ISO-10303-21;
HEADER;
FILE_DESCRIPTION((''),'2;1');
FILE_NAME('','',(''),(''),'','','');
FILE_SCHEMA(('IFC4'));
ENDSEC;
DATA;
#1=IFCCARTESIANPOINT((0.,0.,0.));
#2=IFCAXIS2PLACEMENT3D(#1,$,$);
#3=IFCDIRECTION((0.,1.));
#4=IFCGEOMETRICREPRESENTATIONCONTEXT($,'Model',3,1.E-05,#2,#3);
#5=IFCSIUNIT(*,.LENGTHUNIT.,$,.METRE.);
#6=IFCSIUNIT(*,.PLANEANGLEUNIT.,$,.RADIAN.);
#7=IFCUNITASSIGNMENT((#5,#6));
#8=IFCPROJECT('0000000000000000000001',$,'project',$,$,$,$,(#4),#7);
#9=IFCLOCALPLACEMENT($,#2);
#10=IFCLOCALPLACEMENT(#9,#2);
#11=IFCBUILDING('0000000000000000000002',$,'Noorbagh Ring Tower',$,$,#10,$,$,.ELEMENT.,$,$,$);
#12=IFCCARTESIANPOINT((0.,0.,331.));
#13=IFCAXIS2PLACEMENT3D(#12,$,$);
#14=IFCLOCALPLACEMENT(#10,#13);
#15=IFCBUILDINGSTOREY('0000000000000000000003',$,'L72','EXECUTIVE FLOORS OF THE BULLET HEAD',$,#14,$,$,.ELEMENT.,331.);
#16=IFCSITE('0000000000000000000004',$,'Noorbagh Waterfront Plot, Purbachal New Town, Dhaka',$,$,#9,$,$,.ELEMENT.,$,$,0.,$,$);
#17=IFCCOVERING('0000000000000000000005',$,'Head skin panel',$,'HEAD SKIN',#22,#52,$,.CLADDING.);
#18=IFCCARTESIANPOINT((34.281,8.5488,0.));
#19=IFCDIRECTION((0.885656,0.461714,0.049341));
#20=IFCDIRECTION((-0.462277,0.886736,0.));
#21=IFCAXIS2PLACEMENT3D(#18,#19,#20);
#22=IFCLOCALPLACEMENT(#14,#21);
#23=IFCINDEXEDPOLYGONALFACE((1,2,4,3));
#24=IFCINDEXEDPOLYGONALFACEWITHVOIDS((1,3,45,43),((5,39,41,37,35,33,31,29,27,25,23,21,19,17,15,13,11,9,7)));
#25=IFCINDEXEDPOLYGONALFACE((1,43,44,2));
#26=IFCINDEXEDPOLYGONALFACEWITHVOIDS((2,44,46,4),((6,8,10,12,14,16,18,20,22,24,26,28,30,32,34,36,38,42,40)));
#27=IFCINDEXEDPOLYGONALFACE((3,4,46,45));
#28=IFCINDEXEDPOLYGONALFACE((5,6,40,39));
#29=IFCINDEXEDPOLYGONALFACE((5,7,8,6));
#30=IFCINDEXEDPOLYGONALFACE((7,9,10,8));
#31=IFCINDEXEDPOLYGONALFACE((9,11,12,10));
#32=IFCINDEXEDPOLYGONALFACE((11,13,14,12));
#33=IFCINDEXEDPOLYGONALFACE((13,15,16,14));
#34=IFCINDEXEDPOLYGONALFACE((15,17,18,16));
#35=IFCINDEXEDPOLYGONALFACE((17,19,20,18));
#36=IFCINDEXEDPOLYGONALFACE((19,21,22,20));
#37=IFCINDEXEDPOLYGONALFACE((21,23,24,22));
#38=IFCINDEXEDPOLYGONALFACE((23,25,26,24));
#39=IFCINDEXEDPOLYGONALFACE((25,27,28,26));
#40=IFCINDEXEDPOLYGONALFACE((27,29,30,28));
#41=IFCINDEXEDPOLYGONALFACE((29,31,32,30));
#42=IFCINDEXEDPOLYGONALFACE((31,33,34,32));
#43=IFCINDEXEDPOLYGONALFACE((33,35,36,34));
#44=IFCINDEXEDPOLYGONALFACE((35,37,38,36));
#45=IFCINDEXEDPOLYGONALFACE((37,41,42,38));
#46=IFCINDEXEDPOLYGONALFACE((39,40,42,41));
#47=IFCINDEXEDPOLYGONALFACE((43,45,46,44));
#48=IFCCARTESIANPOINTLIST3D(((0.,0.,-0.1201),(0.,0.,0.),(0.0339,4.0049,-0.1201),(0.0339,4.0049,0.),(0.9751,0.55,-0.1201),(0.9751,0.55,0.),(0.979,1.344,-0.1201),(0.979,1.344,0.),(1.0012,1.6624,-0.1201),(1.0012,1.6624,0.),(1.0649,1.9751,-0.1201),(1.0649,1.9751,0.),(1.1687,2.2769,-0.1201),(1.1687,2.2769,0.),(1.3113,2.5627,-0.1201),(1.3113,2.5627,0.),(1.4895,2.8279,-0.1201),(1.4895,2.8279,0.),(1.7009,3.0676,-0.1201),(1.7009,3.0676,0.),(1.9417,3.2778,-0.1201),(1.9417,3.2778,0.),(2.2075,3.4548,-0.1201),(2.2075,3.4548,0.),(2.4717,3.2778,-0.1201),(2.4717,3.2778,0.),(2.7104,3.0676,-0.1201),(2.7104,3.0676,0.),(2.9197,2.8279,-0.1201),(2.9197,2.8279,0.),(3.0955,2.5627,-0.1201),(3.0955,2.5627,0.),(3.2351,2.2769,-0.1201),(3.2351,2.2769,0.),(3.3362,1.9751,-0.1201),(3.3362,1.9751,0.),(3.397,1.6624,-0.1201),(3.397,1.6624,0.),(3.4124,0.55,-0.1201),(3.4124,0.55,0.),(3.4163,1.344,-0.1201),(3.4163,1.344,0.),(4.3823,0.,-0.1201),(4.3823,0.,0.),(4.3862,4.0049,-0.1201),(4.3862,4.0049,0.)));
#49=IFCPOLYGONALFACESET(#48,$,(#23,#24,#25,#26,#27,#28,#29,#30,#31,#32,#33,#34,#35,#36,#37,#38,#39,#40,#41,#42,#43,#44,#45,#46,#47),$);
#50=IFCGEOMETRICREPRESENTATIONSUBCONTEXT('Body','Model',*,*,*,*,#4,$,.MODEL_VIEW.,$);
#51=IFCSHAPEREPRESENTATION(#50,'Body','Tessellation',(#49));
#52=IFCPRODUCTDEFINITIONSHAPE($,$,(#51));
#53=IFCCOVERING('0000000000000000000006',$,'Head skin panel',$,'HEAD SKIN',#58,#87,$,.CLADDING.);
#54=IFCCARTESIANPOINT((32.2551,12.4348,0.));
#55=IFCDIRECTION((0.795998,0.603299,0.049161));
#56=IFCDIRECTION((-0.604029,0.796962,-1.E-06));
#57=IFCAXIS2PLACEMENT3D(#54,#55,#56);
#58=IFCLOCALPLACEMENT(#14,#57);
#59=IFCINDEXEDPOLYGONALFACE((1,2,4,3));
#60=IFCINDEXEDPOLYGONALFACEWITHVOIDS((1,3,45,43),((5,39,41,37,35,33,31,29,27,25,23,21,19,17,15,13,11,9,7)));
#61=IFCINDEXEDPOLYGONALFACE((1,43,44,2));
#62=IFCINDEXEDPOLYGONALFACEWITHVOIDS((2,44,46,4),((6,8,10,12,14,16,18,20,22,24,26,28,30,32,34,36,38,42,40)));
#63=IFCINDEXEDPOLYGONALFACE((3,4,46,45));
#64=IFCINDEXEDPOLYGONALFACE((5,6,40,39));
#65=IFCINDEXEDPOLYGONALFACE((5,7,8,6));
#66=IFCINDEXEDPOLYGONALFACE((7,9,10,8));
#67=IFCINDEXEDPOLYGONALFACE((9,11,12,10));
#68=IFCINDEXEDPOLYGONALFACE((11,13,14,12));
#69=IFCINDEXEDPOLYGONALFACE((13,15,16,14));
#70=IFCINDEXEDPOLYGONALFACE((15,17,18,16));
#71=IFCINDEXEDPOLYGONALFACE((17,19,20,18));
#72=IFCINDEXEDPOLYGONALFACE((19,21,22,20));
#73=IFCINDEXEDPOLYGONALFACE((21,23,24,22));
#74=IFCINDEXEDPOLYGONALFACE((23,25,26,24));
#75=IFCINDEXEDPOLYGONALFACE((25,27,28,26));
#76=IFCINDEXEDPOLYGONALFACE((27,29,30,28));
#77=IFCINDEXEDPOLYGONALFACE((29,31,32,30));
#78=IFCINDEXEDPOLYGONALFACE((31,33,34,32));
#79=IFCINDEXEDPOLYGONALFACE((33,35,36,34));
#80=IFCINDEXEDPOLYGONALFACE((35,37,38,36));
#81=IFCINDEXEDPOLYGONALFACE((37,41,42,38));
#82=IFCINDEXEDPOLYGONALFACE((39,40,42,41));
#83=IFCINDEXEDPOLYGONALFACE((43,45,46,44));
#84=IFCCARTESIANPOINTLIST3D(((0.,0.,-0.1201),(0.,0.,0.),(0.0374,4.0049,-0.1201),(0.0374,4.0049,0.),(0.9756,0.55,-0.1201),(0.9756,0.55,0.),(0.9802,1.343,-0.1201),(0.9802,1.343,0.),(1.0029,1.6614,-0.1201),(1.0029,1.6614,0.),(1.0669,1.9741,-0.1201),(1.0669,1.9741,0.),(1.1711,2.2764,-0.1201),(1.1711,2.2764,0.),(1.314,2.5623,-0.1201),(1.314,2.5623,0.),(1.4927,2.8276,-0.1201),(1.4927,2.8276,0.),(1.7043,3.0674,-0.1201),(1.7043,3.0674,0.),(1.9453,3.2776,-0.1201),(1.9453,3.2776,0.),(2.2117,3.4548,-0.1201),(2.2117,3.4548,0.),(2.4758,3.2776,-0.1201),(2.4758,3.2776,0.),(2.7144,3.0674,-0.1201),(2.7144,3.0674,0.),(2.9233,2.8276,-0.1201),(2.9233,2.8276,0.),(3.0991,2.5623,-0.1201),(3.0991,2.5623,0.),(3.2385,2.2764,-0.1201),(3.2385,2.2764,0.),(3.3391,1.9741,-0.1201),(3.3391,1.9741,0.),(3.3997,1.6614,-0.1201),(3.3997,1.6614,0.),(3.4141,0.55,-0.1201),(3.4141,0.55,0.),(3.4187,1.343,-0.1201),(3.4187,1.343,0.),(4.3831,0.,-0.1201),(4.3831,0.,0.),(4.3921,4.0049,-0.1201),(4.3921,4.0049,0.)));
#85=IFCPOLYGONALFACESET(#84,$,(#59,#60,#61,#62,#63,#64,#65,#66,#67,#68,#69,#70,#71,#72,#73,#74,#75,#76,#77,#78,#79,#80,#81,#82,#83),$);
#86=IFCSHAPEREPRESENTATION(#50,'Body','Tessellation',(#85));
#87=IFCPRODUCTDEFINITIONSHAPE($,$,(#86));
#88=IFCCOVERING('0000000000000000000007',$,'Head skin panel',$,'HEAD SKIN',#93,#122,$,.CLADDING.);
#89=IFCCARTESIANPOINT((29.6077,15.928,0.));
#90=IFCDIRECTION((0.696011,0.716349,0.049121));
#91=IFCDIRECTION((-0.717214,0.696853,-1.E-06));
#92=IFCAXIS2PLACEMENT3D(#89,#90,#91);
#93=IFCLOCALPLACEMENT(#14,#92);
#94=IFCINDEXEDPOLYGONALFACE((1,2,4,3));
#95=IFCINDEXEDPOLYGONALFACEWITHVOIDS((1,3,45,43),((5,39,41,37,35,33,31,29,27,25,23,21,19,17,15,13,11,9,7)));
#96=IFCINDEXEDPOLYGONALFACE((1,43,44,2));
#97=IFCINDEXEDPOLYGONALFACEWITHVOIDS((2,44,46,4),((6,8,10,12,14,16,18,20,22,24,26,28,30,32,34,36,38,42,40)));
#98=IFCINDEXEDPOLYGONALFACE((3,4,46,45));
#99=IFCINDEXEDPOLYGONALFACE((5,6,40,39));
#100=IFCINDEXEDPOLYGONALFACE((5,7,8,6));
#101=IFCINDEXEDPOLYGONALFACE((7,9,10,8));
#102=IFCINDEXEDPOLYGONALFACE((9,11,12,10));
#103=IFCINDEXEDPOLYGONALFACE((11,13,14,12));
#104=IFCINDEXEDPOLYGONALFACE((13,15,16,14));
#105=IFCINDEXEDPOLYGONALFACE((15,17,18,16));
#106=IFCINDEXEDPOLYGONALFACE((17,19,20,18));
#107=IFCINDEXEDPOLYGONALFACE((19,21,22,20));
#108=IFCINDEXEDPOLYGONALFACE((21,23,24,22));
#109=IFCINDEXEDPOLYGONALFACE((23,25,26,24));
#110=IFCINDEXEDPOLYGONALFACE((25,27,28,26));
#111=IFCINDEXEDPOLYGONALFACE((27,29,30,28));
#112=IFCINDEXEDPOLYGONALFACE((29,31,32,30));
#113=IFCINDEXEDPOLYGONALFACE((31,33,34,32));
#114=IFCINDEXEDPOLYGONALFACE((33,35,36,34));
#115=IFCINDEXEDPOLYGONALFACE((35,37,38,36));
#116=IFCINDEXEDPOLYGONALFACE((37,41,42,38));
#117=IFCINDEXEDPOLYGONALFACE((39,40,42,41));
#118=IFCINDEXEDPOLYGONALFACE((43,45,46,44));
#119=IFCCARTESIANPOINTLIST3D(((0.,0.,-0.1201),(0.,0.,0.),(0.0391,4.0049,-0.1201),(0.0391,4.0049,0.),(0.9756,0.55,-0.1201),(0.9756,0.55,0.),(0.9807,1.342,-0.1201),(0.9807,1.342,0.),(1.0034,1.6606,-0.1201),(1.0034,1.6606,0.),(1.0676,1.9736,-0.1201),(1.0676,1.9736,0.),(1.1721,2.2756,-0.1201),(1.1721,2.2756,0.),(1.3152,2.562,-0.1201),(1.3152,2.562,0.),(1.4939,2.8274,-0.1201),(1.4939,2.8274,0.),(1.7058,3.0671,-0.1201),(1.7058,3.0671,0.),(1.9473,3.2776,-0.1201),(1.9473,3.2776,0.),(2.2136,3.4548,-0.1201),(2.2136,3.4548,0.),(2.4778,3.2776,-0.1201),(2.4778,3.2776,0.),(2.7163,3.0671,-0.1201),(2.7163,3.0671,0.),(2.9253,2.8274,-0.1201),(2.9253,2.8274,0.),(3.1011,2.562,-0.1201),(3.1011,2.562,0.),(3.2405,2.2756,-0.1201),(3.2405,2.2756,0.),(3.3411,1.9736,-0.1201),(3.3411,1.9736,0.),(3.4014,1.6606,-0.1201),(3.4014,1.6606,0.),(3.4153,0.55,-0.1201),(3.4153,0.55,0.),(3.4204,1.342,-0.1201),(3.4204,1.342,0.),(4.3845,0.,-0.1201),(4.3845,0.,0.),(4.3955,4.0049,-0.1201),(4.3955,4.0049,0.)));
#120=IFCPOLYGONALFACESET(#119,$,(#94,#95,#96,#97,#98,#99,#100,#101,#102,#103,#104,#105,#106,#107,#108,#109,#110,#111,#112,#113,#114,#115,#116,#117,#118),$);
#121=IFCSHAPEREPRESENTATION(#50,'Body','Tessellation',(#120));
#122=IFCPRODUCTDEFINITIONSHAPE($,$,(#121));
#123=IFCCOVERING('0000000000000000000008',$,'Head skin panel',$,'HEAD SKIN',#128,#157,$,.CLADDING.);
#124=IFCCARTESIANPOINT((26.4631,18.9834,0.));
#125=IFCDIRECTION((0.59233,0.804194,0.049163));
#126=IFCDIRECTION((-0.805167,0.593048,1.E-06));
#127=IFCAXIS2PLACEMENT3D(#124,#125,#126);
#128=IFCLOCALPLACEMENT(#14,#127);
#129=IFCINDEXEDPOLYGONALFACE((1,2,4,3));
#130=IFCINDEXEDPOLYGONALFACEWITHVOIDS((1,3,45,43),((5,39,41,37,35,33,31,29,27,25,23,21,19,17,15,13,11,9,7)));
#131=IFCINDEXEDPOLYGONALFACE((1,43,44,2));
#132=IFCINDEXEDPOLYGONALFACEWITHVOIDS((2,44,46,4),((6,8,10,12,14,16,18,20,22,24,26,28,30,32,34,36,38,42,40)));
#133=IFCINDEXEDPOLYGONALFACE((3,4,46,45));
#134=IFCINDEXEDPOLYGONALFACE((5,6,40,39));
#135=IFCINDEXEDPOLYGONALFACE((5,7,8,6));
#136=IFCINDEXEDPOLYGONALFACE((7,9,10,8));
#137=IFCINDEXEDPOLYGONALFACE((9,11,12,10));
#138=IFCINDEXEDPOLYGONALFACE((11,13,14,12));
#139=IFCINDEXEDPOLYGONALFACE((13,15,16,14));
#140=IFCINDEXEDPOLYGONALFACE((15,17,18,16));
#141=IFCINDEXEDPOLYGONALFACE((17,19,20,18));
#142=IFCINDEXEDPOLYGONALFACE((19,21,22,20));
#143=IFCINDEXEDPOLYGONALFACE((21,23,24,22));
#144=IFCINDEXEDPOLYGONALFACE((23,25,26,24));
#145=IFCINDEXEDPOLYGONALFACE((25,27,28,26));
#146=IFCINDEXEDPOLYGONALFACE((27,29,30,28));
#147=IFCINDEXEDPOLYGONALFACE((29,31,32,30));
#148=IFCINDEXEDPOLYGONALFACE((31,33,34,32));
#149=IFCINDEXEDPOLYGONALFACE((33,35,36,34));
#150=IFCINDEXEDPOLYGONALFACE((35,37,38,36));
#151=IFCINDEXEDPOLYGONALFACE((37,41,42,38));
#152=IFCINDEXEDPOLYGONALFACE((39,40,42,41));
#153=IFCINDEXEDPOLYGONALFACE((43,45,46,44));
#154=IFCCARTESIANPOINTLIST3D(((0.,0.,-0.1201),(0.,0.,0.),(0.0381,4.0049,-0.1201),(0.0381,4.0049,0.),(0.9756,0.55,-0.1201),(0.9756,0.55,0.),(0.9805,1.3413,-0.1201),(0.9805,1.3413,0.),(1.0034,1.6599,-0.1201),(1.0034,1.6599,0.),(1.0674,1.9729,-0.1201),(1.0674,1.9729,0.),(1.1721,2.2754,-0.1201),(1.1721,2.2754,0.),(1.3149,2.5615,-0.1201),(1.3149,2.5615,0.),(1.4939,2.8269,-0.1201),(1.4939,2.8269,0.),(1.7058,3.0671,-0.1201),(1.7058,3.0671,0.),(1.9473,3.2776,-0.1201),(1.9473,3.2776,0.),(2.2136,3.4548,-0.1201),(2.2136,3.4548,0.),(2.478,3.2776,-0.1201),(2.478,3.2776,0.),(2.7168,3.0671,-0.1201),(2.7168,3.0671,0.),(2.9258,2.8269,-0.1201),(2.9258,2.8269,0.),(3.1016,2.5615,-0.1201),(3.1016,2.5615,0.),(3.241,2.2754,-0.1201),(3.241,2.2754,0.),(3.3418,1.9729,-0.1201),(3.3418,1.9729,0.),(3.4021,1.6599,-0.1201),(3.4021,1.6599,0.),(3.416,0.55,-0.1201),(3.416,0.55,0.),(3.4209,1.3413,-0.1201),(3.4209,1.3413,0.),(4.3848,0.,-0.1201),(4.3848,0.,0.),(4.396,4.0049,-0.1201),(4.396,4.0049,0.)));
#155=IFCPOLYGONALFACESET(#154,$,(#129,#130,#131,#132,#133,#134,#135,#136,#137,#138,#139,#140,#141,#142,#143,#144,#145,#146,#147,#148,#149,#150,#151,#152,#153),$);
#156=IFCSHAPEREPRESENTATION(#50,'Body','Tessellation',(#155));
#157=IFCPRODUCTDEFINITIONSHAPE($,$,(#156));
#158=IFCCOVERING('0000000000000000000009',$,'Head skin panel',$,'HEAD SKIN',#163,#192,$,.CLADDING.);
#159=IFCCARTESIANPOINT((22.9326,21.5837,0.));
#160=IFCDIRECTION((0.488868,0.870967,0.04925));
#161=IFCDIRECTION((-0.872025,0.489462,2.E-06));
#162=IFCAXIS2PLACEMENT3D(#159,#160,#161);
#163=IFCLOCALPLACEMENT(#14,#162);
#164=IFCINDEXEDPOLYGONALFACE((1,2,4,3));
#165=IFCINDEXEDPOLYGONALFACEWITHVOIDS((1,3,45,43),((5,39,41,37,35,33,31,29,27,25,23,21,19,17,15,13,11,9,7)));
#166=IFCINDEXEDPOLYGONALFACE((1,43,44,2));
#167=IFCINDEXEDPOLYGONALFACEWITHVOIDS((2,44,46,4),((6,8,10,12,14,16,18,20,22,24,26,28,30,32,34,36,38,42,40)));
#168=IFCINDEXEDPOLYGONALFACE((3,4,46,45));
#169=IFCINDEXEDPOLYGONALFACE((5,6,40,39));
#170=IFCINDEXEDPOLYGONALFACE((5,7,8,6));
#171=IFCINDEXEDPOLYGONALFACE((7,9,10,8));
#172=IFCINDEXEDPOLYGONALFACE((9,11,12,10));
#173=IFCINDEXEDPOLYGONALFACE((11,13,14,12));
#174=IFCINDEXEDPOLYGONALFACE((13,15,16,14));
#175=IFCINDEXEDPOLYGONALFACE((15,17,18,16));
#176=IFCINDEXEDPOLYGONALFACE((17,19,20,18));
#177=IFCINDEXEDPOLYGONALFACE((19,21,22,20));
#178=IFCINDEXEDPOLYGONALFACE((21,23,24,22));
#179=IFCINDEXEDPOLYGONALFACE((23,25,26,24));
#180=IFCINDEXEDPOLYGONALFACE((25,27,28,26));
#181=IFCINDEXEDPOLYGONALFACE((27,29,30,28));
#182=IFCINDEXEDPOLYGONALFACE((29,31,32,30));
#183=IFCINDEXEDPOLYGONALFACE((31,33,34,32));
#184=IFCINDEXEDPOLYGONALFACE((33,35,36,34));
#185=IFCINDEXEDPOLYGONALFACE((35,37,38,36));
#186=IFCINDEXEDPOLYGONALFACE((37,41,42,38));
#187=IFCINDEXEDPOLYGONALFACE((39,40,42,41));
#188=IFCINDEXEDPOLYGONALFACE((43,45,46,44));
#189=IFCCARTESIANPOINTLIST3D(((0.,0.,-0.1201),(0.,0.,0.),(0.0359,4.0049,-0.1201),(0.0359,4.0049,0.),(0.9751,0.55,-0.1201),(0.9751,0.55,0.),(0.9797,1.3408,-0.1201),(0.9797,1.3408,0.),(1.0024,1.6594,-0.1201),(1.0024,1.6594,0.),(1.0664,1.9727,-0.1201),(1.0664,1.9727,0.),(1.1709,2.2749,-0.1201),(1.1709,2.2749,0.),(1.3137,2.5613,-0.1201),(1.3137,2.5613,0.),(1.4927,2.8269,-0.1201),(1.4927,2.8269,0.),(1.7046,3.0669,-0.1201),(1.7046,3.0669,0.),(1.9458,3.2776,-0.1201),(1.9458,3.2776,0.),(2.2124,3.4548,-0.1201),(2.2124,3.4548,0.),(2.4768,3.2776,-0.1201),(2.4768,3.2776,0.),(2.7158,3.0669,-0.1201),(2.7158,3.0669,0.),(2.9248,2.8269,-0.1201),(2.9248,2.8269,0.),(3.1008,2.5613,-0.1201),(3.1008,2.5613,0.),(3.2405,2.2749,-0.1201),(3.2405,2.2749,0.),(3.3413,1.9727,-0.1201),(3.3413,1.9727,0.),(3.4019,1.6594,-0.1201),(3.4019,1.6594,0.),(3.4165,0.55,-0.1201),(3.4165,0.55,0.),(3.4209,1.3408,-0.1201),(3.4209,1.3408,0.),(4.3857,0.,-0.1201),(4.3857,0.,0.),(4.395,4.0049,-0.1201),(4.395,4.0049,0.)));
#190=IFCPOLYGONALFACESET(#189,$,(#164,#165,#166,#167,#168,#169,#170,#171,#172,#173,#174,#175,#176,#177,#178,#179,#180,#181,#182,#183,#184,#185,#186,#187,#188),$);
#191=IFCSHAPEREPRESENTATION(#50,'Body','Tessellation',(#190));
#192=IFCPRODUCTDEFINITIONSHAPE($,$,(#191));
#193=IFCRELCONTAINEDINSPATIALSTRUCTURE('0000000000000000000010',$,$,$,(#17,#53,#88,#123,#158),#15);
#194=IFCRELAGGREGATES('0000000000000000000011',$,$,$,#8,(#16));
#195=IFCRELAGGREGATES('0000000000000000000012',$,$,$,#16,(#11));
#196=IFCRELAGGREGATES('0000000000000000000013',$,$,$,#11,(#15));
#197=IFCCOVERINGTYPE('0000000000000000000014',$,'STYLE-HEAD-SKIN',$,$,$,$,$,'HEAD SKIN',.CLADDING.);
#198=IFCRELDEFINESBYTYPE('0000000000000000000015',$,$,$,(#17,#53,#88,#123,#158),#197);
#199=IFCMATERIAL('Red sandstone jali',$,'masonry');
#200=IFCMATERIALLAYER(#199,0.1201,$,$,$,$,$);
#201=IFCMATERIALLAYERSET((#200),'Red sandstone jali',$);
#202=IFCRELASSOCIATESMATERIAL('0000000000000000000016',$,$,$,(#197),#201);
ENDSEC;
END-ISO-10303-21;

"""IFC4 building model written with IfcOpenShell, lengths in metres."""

from ifc_helpers import new_model, si_unit, direction, frame, origin, place, context, subcontext, project, spatial, polyline, outline, extrude, material, layer, layer_set, type_object, element, save


model = new_model("IFC4")

# Units and contexts
model_context = context("Model", 3, precision=1e-05, world=origin(), true_north=direction((0.0, 1.0)))
body_context = subcontext(model_context, "Body", "Model", "MODEL_VIEW")
ifc_project = project(units=[si_unit("LENGTHUNIT", "METRE"), si_unit("PLANEANGLEUNIT", "RADIAN")], contexts=[model_context])

# Site, building, storey
site_placement = place(None, origin())
site = spatial("IfcSite", under=ifc_project, at=site_placement, Name="Noorbagh Waterfront Plot, Purbachal New Town, Dhaka", CompositionType="ELEMENT", RefElevation=0.0)
building_placement = place(site_placement, origin())
building = spatial("IfcBuilding", under=site, at=building_placement, Name="Noorbagh Ring Tower", CompositionType="ELEMENT")
storey_placement = place(building_placement, frame((0.0, 0.0, 331.0)))
storey = spatial("IfcBuildingStorey", under=building, at=storey_placement, Name="L72", Description="EXECUTIVE FLOORS OF THE BULLET HEAD", CompositionType="ELEMENT", Elevation=331.0)

# Coverings
ifc_material_1 = material(Name="Red sandstone jali", Category="masonry")
ifc_layer_1 = layer(ifc_material_1, 0.1201)
ifc_layer_set_1 = layer_set([ifc_layer_1], Name="Red sandstone jali")
covering_type_1 = type_object("IfcCoveringType", Name="STYLE-HEAD-SKIN", ElementType="HEAD SKIN", PredefinedType="CLADDING", material=ifc_layer_set_1)
covering_1_placement = place(storey_placement, frame((34.281, 8.5488, 0.0), z_axis=(0.885656, 0.461714, 0.049341), x_axis=(-0.462277, 0.886736, 0.0)))
element("IfcCovering", 1, at=covering_1_placement, inside=storey, type_object=covering_type_1, Name="Head skin panel", ObjectType="HEAD SKIN", PredefinedType="CLADDING", context=body_context, shape_type="SweptSolid", body=[
    extrude(outline(polyline([(0.0, 0.0), (4.3823, 0.0), (4.3862, 4.0049), (0.0339, 4.0049), (0.0, 0.0)]), holes=[polyline([(0.9751, 0.55), (0.979, 1.344), (1.0012, 1.6624), (1.0649, 1.9751), (1.1687, 2.2769), (1.3113, 2.5627), (1.4895, 2.8279), (1.7009, 3.0676), (1.9417, 3.2778), (2.2075, 3.4548), (2.4717, 3.2778), (2.7104, 3.0676), (2.9197, 2.8279), (3.0955, 2.5627), (3.2351, 2.2769), (3.3362, 1.9751), (3.397, 1.6624), (3.4163, 1.344), (3.4124, 0.55), (0.9751, 0.55)])]), origin(), (0.0, 0.0, -1.0), 0.1201),
])
covering_2_placement = place(storey_placement, frame((32.2551, 12.4348, 0.0), z_axis=(0.795998, 0.603299, 0.049161), x_axis=(-0.604029, 0.796962, -0.000001)))
element("IfcCovering", 2, at=covering_2_placement, inside=storey, type_object=covering_type_1, Name="Head skin panel", ObjectType="HEAD SKIN", PredefinedType="CLADDING", context=body_context, shape_type="SweptSolid", body=[
    extrude(outline(polyline([(0.0, 0.0), (4.3831, 0.0), (4.3921, 4.0049), (0.0374, 4.0049), (0.0, 0.0)]), holes=[polyline([(0.9756, 0.55), (0.9802, 1.343), (1.0029, 1.6614), (1.0669, 1.9741), (1.1711, 2.2764), (1.314, 2.5623), (1.4927, 2.8276), (1.7043, 3.0674), (1.9453, 3.2776), (2.2117, 3.4548), (2.4758, 3.2776), (2.7144, 3.0674), (2.9233, 2.8276), (3.0991, 2.5623), (3.2385, 2.2764), (3.3391, 1.9741), (3.3997, 1.6614), (3.4187, 1.343), (3.4141, 0.55), (0.9756, 0.55)])]), origin(), (0.0, 0.0, -1.0), 0.1201),
])
covering_3_placement = place(storey_placement, frame((29.6077, 15.928, 0.0), z_axis=(0.696011, 0.716349, 0.049121), x_axis=(-0.717214, 0.696853, -0.000001)))
element("IfcCovering", 3, at=covering_3_placement, inside=storey, type_object=covering_type_1, Name="Head skin panel", ObjectType="HEAD SKIN", PredefinedType="CLADDING", context=body_context, shape_type="SweptSolid", body=[
    extrude(outline(polyline([(0.0, 0.0), (4.3845, 0.0), (4.3955, 4.0049), (0.0391, 4.0049), (0.0, 0.0)]), holes=[polyline([(0.9756, 0.55), (0.9807, 1.342), (1.0034, 1.6606), (1.0676, 1.9736), (1.1721, 2.2756), (1.3152, 2.562), (1.4939, 2.8274), (1.7058, 3.0671), (1.9473, 3.2776), (2.2136, 3.4548), (2.4778, 3.2776), (2.7163, 3.0671), (2.9253, 2.8274), (3.1011, 2.562), (3.2405, 2.2756), (3.3411, 1.9736), (3.4014, 1.6606), (3.4204, 1.342), (3.4153, 0.55), (0.9756, 0.55)])]), origin(), (0.0, 0.0, -1.0), 0.1201),
])
covering_4_placement = place(storey_placement, frame((26.4631, 18.9834, 0.0), z_axis=(0.59233, 0.804194, 0.049163), x_axis=(-0.805167, 0.593048, 0.000001)))
element("IfcCovering", 4, at=covering_4_placement, inside=storey, type_object=covering_type_1, Name="Head skin panel", ObjectType="HEAD SKIN", PredefinedType="CLADDING", context=body_context, shape_type="SweptSolid", body=[
    extrude(outline(polyline([(0.0, 0.0), (4.3848, 0.0), (4.396, 4.0049), (0.0381, 4.0049), (0.0, 0.0)]), holes=[polyline([(0.9756, 0.55), (0.9805, 1.3413), (1.0034, 1.6599), (1.0674, 1.9729), (1.1721, 2.2754), (1.3149, 2.5615), (1.4939, 2.8269), (1.7058, 3.0671), (1.9473, 3.2776), (2.2136, 3.4548), (2.478, 3.2776), (2.7168, 3.0671), (2.9258, 2.8269), (3.1016, 2.5615), (3.241, 2.2754), (3.3418, 1.9729), (3.4021, 1.6599), (3.4209, 1.3413), (3.416, 0.55), (0.9756, 0.55)])]), origin(), (0.0, 0.0, -1.0), 0.1201),
])
covering_5_placement = place(storey_placement, frame((22.9326, 21.5837, 0.0), z_axis=(0.488868, 0.870967, 0.04925), x_axis=(-0.872025, 0.489462, 0.000002)))
element("IfcCovering", 5, at=covering_5_placement, inside=storey, type_object=covering_type_1, Name="Head skin panel", ObjectType="HEAD SKIN", PredefinedType="CLADDING", context=body_context, shape_type="SweptSolid", body=[
    extrude(outline(polyline([(0.0, 0.0), (4.3857, 0.0), (4.395, 4.0049), (0.0359, 4.0049), (0.0, 0.0)]), holes=[polyline([(0.9751, 0.55), (0.9797, 1.3408), (1.0024, 1.6594), (1.0664, 1.9727), (1.1709, 2.2749), (1.3137, 2.5613), (1.4927, 2.8269), (1.7046, 3.0669), (1.9458, 3.2776), (2.2124, 3.4548), (2.4768, 3.2776), (2.7158, 3.0669), (2.9248, 2.8269), (3.1008, 2.5613), (3.2405, 2.2749), (3.3413, 1.9727), (3.4019, 1.6594), (3.4209, 1.3408), (3.4165, 0.55), (0.9751, 0.55)])]), origin(), (0.0, 0.0, -1.0), 0.1201),
])

save(model, "model.ifc")
